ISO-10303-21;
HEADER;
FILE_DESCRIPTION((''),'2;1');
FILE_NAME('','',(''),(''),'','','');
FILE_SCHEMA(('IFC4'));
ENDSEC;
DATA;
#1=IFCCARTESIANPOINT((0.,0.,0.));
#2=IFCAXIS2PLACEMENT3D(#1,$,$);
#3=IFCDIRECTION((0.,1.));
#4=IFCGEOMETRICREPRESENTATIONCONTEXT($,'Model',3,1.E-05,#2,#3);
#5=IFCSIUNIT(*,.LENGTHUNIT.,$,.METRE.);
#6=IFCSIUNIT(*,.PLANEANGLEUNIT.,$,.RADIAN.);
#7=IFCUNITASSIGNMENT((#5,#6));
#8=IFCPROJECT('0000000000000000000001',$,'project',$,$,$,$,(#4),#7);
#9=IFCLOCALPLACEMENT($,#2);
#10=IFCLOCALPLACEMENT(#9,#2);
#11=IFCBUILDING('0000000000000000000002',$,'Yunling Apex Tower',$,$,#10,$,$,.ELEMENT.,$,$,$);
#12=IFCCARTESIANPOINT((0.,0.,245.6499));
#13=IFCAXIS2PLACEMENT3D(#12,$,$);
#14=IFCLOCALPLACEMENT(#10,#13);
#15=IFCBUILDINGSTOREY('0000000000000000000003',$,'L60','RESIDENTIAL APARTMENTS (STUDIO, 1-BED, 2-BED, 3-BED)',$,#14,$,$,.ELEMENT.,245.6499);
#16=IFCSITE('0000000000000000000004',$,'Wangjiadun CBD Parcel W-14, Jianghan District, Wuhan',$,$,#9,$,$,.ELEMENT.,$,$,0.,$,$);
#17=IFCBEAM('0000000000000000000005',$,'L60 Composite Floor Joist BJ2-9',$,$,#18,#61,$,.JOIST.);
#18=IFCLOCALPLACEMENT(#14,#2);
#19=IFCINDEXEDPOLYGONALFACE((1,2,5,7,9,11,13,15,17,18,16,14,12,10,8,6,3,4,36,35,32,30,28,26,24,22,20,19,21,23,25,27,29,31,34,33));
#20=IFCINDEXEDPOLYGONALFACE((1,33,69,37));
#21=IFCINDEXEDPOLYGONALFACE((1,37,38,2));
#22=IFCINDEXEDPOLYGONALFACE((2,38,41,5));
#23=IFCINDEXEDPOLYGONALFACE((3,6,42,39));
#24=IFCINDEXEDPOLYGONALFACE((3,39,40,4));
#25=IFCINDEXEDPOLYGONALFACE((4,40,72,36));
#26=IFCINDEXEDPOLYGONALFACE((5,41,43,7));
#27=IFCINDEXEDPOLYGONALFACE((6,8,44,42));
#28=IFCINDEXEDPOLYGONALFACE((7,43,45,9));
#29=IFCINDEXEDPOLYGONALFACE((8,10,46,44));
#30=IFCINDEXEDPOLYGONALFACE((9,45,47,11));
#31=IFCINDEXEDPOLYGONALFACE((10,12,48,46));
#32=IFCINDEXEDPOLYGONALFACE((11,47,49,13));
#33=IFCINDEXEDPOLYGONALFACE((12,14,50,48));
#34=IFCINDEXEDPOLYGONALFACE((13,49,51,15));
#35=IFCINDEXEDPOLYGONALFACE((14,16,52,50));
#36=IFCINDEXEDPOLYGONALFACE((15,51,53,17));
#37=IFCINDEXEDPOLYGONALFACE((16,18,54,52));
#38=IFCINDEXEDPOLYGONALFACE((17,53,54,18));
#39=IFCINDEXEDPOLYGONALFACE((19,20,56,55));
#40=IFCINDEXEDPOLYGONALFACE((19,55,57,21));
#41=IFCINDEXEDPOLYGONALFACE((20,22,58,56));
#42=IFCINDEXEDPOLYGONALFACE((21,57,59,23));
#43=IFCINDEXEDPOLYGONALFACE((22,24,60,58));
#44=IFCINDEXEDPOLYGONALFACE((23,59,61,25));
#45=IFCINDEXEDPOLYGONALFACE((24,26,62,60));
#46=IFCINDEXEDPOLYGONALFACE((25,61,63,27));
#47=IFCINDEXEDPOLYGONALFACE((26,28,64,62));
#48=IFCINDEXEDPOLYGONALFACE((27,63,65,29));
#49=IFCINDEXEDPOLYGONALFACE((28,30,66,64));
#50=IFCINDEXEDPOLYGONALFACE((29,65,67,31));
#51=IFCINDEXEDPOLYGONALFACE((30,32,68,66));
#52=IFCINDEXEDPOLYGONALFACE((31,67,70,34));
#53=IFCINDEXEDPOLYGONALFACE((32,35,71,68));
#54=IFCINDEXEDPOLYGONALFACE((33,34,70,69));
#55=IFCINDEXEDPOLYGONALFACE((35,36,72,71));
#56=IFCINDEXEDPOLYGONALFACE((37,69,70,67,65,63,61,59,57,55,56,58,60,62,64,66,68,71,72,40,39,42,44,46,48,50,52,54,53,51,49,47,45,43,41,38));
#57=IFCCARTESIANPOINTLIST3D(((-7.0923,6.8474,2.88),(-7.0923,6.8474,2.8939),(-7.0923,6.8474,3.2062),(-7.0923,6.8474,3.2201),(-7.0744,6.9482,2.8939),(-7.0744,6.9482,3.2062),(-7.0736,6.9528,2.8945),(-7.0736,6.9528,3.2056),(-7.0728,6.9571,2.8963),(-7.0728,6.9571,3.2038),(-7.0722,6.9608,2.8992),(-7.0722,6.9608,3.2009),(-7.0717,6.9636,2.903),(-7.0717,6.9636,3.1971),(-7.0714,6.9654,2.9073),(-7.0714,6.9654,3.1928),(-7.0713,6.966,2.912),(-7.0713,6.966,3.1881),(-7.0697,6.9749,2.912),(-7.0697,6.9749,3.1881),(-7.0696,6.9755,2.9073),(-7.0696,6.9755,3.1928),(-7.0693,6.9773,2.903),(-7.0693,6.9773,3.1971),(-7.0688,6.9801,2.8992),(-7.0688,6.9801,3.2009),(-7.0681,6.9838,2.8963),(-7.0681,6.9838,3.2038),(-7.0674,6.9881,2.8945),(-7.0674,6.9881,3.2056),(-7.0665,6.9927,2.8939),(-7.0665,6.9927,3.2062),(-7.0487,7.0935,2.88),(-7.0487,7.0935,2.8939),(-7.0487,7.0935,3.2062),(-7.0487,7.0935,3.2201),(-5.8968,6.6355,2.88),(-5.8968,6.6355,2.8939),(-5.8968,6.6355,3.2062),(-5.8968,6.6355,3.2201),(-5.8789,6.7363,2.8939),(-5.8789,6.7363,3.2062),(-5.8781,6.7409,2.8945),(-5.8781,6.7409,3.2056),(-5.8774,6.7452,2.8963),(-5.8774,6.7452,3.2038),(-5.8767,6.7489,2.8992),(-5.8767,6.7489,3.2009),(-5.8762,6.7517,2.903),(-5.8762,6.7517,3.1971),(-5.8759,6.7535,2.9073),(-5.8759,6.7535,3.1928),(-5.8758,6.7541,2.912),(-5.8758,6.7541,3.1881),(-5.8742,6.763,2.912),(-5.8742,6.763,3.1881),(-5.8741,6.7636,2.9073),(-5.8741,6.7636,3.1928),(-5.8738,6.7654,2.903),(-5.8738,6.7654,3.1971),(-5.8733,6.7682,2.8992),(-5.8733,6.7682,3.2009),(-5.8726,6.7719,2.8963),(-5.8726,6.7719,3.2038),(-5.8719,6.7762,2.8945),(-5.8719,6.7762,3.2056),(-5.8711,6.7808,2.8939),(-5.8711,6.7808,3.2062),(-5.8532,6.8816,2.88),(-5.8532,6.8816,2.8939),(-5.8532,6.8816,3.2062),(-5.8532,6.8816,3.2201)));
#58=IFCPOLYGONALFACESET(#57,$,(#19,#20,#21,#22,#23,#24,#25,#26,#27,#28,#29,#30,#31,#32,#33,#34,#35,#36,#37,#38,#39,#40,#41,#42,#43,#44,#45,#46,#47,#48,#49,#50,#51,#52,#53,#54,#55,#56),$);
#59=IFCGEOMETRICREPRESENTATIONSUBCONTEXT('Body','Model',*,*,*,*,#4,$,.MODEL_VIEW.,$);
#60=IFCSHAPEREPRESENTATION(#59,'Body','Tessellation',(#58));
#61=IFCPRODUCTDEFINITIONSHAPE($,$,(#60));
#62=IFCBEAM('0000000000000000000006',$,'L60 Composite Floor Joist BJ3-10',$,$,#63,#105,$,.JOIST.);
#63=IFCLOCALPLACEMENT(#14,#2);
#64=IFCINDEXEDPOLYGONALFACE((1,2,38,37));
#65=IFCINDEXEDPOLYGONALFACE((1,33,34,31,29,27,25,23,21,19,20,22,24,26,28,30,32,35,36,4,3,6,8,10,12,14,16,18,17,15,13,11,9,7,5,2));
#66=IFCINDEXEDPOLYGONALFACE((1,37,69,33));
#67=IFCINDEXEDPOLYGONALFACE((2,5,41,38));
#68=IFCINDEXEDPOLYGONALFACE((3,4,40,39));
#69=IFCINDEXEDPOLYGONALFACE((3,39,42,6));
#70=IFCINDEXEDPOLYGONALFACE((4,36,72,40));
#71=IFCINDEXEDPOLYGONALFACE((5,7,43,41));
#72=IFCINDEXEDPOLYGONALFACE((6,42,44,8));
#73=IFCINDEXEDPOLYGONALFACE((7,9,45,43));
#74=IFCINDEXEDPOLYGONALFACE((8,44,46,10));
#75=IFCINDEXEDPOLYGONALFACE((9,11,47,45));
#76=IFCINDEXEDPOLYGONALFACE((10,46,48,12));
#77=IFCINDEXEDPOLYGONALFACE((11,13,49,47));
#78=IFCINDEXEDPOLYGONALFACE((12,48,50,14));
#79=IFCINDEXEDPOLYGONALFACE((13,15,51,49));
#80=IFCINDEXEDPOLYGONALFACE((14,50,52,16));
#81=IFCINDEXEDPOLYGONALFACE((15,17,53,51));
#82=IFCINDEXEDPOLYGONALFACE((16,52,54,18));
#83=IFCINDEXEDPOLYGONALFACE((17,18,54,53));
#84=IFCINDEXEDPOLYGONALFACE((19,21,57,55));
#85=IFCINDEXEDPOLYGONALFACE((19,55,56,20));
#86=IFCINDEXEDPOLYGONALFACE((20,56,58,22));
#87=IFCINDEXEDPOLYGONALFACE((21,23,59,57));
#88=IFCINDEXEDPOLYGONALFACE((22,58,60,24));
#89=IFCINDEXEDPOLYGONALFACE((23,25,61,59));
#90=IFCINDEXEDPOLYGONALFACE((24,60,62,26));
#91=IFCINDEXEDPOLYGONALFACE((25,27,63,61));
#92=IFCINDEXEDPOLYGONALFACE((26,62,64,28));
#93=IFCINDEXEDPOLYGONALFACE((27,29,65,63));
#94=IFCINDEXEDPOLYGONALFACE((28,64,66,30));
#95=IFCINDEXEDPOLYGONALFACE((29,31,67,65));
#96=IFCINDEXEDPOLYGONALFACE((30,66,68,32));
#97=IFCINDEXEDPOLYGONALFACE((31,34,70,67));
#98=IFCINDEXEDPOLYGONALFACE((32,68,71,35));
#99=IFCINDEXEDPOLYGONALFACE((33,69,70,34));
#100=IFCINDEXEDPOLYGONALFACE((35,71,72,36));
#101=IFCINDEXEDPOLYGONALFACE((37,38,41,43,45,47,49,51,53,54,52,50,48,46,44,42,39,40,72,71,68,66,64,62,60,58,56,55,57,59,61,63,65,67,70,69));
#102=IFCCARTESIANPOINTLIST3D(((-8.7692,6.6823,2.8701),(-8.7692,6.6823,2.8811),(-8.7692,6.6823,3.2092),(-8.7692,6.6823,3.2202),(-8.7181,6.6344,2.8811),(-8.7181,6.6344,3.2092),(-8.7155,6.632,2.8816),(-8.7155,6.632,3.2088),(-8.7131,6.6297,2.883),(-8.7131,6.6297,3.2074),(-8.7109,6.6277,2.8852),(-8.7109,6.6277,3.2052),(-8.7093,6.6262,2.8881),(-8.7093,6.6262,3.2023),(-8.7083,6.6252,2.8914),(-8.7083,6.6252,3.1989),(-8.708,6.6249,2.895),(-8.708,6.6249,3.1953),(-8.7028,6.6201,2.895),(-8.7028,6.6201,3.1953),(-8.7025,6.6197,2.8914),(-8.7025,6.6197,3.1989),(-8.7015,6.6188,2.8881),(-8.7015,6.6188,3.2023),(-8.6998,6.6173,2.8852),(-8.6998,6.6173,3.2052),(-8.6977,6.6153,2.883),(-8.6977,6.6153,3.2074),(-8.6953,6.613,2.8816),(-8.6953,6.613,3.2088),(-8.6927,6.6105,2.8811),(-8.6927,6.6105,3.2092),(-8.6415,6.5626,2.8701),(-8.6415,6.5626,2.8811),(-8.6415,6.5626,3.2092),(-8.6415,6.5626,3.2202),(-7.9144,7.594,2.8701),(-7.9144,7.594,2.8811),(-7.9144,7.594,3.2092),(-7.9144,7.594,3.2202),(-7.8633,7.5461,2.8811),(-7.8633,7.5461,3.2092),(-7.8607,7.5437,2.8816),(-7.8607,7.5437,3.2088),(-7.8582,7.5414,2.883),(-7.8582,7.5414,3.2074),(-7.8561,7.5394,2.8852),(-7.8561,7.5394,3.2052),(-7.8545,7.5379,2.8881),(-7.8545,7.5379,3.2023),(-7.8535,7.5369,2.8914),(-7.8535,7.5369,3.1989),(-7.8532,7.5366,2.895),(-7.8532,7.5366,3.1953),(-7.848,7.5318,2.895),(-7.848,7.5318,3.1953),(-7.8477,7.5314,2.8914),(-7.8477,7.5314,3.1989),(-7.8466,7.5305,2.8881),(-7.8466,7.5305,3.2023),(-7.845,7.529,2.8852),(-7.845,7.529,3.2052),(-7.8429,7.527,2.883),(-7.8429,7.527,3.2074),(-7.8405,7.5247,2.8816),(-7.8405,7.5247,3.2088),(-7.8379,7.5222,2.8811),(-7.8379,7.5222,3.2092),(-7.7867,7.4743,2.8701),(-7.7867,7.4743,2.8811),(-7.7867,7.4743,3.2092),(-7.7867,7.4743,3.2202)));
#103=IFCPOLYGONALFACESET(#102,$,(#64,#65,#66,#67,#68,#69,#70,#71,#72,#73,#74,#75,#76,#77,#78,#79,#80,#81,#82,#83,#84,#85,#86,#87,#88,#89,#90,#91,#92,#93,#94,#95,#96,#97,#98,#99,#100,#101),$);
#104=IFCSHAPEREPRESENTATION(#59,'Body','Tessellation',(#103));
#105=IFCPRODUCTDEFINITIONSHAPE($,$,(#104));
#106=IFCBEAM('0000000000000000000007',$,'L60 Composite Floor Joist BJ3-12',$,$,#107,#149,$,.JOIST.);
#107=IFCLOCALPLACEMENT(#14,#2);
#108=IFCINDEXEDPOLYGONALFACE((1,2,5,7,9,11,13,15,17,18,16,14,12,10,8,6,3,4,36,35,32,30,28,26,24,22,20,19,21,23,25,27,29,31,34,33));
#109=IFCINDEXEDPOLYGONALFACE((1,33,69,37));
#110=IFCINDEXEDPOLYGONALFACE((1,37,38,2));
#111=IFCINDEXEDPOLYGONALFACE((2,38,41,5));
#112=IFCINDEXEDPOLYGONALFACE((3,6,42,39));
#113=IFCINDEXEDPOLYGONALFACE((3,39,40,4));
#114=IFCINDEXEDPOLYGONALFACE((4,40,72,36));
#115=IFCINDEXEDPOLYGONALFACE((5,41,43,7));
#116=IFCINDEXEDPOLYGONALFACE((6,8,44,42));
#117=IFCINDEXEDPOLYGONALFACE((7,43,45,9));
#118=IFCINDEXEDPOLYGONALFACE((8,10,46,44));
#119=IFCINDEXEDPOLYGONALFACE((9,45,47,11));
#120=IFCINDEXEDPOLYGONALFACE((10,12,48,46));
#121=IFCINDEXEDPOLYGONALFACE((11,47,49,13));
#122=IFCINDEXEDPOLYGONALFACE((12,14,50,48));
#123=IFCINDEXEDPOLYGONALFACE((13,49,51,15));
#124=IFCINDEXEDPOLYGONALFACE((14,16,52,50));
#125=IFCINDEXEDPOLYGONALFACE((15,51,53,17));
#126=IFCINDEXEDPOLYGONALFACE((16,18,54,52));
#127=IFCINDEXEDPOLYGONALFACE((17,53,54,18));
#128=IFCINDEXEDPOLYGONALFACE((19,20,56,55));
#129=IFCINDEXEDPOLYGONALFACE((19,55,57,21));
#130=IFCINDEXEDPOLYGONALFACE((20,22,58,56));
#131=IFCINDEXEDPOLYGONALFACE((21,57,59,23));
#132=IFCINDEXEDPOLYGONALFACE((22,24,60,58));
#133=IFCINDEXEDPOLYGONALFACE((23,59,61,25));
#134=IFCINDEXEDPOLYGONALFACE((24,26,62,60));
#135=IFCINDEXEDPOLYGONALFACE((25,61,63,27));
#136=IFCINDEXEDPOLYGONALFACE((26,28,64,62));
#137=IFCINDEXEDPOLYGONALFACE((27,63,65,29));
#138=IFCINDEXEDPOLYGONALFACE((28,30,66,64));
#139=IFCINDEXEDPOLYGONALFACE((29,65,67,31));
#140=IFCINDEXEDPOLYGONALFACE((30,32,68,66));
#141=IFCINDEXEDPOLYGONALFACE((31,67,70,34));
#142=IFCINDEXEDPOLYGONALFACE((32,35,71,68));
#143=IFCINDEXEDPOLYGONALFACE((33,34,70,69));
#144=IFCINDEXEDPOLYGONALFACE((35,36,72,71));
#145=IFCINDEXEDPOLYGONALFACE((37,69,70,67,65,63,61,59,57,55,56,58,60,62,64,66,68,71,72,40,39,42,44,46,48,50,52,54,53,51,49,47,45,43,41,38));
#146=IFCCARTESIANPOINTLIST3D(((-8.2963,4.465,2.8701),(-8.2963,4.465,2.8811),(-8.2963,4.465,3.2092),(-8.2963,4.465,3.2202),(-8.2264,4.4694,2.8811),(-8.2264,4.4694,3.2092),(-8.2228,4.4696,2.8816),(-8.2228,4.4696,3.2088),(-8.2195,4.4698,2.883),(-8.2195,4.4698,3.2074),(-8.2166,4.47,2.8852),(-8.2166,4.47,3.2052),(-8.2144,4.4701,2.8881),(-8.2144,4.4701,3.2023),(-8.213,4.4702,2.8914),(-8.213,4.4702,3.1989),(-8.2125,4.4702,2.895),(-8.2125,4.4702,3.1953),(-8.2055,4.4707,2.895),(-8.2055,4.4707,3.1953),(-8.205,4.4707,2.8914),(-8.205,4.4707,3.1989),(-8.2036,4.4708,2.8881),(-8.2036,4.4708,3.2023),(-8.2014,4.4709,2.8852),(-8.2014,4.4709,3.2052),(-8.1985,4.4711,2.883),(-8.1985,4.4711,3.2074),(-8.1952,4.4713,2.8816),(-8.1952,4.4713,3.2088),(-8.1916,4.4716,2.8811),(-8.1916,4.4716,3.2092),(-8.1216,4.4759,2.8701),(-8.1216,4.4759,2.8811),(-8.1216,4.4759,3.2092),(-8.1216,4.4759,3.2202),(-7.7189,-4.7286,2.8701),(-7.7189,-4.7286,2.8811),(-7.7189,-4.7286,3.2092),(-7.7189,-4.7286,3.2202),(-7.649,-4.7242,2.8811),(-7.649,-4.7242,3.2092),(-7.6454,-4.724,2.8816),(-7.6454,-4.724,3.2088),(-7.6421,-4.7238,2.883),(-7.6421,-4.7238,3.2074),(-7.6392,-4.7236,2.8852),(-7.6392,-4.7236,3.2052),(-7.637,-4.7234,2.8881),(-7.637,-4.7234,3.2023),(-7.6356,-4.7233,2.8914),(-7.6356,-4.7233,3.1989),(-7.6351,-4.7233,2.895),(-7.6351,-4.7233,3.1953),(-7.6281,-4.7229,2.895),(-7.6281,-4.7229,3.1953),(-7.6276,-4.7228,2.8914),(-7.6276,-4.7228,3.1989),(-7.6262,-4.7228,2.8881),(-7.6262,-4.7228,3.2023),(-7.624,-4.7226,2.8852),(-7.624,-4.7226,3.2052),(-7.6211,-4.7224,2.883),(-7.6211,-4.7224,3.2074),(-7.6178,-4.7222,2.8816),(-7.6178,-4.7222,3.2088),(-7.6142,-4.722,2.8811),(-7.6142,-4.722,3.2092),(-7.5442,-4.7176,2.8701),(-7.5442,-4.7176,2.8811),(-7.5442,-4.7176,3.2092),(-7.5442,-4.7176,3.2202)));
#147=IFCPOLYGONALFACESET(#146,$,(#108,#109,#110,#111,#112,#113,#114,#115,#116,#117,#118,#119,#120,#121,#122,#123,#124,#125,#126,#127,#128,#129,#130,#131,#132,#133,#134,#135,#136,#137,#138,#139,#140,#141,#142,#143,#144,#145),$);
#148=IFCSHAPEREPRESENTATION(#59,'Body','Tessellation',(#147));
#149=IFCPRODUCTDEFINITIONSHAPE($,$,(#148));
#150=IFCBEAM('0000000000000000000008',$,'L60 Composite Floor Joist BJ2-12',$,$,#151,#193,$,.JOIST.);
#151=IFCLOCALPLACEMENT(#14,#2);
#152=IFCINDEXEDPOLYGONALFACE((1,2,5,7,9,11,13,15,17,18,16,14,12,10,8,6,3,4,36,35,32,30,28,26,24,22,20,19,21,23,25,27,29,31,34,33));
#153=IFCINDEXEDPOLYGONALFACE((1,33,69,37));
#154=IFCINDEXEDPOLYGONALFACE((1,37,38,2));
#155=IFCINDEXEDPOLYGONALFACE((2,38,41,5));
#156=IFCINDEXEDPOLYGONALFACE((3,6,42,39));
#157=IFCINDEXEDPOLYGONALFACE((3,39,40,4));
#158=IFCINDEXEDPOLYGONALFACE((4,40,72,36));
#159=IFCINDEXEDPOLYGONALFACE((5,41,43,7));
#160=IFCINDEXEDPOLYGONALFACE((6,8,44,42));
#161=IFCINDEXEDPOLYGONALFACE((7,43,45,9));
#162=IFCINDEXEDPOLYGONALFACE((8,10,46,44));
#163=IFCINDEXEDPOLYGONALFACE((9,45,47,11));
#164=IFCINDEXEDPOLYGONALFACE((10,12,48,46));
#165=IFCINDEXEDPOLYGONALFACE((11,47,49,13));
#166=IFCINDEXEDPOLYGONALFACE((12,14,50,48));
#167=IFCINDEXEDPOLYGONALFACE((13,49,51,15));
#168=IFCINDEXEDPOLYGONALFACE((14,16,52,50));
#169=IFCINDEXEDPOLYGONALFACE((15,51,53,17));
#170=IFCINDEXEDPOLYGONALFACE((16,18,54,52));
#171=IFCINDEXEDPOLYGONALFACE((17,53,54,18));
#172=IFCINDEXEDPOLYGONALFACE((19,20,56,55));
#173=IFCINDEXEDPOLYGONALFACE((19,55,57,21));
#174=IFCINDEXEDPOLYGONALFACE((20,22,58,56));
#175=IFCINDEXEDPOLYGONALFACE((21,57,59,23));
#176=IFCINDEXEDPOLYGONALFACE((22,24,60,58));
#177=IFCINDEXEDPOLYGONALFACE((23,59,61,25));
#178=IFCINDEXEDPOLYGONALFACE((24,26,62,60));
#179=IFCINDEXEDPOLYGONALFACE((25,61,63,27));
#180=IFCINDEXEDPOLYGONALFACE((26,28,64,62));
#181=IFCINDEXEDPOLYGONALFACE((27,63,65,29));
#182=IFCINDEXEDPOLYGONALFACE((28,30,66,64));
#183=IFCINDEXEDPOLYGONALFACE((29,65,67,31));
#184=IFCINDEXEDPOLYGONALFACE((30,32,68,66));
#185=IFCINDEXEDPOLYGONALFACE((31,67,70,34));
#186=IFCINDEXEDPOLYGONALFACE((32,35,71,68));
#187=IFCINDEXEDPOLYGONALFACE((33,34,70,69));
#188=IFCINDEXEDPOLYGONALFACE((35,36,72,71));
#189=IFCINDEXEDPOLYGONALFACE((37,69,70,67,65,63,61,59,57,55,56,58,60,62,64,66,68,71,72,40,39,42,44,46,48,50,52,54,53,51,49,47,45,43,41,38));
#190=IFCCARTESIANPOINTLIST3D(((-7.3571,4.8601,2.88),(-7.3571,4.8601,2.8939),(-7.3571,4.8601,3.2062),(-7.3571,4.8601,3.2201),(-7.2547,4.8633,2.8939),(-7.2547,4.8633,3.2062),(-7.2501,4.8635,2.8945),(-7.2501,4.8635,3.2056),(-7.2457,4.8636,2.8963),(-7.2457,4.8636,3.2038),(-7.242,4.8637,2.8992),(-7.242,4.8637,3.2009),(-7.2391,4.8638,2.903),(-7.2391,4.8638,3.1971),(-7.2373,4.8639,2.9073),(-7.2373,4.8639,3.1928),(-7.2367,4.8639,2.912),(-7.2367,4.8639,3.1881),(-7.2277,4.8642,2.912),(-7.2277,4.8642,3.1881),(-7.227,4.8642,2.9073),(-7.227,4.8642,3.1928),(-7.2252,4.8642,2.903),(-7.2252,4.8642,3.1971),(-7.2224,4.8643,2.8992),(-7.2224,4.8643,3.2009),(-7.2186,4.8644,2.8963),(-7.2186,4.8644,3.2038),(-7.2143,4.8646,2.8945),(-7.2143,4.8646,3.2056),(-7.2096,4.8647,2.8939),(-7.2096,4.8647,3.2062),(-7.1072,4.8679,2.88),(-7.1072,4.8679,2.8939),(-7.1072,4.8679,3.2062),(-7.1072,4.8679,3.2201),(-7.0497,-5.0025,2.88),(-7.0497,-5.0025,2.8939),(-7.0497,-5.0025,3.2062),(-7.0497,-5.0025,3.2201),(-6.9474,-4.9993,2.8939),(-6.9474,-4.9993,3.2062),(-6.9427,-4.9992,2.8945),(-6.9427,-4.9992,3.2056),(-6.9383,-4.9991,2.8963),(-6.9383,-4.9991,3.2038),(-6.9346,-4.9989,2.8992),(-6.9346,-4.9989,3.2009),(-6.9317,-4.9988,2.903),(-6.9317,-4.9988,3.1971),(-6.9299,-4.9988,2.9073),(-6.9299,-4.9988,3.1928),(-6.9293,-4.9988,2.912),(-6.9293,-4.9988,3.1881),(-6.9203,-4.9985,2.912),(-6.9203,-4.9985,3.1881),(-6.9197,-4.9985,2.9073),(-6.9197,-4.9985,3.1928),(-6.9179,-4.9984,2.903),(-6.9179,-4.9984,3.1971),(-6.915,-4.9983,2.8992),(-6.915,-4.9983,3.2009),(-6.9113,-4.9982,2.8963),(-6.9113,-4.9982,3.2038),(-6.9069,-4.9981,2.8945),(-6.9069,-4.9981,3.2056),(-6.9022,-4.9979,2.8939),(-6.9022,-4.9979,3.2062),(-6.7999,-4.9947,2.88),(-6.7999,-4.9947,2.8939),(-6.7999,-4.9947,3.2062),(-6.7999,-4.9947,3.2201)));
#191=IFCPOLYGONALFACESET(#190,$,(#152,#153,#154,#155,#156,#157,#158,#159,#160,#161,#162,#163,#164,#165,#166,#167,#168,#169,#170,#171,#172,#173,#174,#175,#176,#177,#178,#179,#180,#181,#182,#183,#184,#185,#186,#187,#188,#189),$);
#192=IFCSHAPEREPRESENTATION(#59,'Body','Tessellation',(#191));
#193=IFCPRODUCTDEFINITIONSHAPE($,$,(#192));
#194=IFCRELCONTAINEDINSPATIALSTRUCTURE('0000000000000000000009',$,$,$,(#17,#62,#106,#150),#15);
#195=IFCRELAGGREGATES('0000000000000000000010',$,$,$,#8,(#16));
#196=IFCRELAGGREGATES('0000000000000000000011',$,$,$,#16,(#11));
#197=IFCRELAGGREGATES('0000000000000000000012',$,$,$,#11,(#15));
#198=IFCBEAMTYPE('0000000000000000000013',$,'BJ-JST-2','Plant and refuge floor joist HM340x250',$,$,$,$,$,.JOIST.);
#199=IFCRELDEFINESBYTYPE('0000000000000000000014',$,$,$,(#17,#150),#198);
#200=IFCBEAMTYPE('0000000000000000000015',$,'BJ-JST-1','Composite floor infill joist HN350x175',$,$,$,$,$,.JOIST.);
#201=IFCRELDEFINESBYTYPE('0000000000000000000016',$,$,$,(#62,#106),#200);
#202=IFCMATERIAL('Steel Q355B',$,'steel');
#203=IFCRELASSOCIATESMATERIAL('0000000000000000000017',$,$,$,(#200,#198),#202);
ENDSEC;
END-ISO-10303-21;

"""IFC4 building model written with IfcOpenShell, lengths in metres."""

from ifc_helpers import new_model, si_unit, direction, frame, origin, origin_2d, place, context, subcontext, project, spatial, i_section, extrude, source, transform, mapped, material, material_profile, profile_set, type_object, element, save


model = new_model("IFC4")

# Units and contexts
model_context = context("Model", 3, precision=1e-05, world=origin(), true_north=direction((0.0, 1.0)))
body_context = subcontext(model_context, "Body", "Model", "MODEL_VIEW")
ifc_project = project(units=[si_unit("LENGTHUNIT", "METRE"), si_unit("PLANEANGLEUNIT", "RADIAN")], contexts=[model_context])

# Site, building, storey
site_placement = place(None, origin())
site = spatial("IfcSite", under=ifc_project, at=site_placement, Name="Wangjiadun CBD Parcel W-14, Jianghan District, Wuhan", CompositionType="ELEMENT", RefElevation=0.0)
building_placement = place(site_placement, origin())
building = spatial("IfcBuilding", under=site, at=building_placement, Name="Yunling Apex Tower", CompositionType="ELEMENT")
storey_placement = place(building_placement, frame((0.0, 0.0, 245.6499)))
storey = spatial("IfcBuildingStorey", under=building, at=storey_placement, Name="L60", Description="RESIDENTIAL APARTMENTS (STUDIO, 1-BED, 2-BED, 3-BED)", CompositionType="ELEMENT", Elevation=245.6499)

# Beams
ifc_material_1 = material(Name="Steel Q355B", Category="steel")
ifc_material_profile_1 = material_profile(ifc_material_1, i_section(OverallWidth=0.175, OverallDepth=0.3501, WebThickness=0.0071, FlangeThickness=0.011, FilletRadius=0.0139, at=origin_2d()))
ifc_profile_set_1 = profile_set([ifc_material_profile_1], Name="Steel Q355B")
beam_type_1 = type_object("IfcBeamType", Name="BJ-JST-1", Description="Composite floor infill joist HN350x175", PredefinedType="JOIST", material=ifc_profile_set_1)
ifc_material_profile_2 = material_profile(ifc_material_1, i_section(OverallWidth=0.25, OverallDepth=0.3401, WebThickness=0.009, FlangeThickness=0.0139, FilletRadius=0.0181, at=origin_2d()))
ifc_profile_set_2 = profile_set([ifc_material_profile_2], Name="Steel Q355B")
beam_type_2 = type_object("IfcBeamType", Name="BJ-JST-2", Description="Plant and refuge floor joist HM340x250", PredefinedType="JOIST", material=ifc_profile_set_2)
shared_shape_1 = source(origin(), body_context, "Body", "SweptSolid", [
    extrude(i_section(OverallWidth=0.25, OverallDepth=0.3401, WebThickness=0.009, FlangeThickness=0.0139, FilletRadius=0.0181, at=origin_2d()), origin(), (0.0, 0.0, 1.0), 1.2141),
])
beam_1_placement = place(storey_placement, frame((-5.875, 6.7585, 3.05), z_axis=(-0.984652, 0.174531, 0.0), x_axis=(-0.174531, -0.984652, 0.0)))
element("IfcBeam", 1, at=beam_1_placement, inside=storey, type_object=beam_type_2, Name="L60 Composite Floor Joist BJ2-9", PredefinedType="JOIST", context=body_context, shape_type="MappedRepresentation", body=[
    mapped(shared_shape_1, transform((0.0, 0.0, 0.0), scale=1.0)),
])
shared_shape_2 = source(origin(), body_context, "Body", "SweptSolid", [
    extrude(i_section(OverallWidth=0.175, OverallDepth=0.3501, WebThickness=0.0071, FlangeThickness=0.011, FilletRadius=0.0139, at=origin_2d()), origin(), (0.0, 0.0, 1.0), 1.2498),
])
beam_2_placement = place(storey_placement, frame((-7.8506, 7.5342, 3.0452), z_axis=(-0.68398, -0.729501, 0.0), x_axis=(0.729501, -0.68398, 0.0)))
element("IfcBeam", 2, at=beam_2_placement, inside=storey, type_object=beam_type_1, Name="L60 Composite Floor Joist BJ3-10", PredefinedType="JOIST", context=body_context, shape_type="MappedRepresentation", body=[
    mapped(shared_shape_2, transform((0.0, 0.0, 0.0), scale=1.0)),
])
shared_shape_3 = source(origin(), body_context, "Body", "SweptSolid", [
    extrude(i_section(OverallWidth=0.175, OverallDepth=0.3501, WebThickness=0.0071, FlangeThickness=0.011, FilletRadius=0.0139, at=origin_2d()), origin(), (0.0, 0.0, 1.0), 9.2117),
])
beam_3_placement = place(storey_placement, frame((-8.209, 4.4705, 3.0452), z_axis=(0.06268, -0.998034, 0.0), x_axis=(0.998034, 0.06268, 0.0)))
element("IfcBeam", 3, at=beam_3_placement, inside=storey, type_object=beam_type_1, Name="L60 Composite Floor Joist BJ3-12", PredefinedType="JOIST", context=body_context, shape_type="MappedRepresentation", body=[
    mapped(shared_shape_3, transform((0.0, 0.0, 0.0), scale=1.0)),
])
shared_shape_4 = source(origin(), body_context, "Body", "SweptSolid", [
    extrude(i_section(OverallWidth=0.25, OverallDepth=0.3401, WebThickness=0.009, FlangeThickness=0.0139, FilletRadius=0.0181, at=origin_2d()), origin(), (0.0, 0.0, 1.0), 9.8674),
])
beam_4_placement = place(storey_placement, frame((-7.2322, 4.864, 3.05), z_axis=(0.031151, -0.999515, 0.0), x_axis=(0.999515, 0.031151, 0.0)))
element("IfcBeam", 4, at=beam_4_placement, inside=storey, type_object=beam_type_2, Name="L60 Composite Floor Joist BJ2-12", PredefinedType="JOIST", context=body_context, shape_type="MappedRepresentation", body=[
    mapped(shared_shape_4, transform((0.0, 0.0, 0.0), scale=1.0)),
])

save(model, "model.ifc")
